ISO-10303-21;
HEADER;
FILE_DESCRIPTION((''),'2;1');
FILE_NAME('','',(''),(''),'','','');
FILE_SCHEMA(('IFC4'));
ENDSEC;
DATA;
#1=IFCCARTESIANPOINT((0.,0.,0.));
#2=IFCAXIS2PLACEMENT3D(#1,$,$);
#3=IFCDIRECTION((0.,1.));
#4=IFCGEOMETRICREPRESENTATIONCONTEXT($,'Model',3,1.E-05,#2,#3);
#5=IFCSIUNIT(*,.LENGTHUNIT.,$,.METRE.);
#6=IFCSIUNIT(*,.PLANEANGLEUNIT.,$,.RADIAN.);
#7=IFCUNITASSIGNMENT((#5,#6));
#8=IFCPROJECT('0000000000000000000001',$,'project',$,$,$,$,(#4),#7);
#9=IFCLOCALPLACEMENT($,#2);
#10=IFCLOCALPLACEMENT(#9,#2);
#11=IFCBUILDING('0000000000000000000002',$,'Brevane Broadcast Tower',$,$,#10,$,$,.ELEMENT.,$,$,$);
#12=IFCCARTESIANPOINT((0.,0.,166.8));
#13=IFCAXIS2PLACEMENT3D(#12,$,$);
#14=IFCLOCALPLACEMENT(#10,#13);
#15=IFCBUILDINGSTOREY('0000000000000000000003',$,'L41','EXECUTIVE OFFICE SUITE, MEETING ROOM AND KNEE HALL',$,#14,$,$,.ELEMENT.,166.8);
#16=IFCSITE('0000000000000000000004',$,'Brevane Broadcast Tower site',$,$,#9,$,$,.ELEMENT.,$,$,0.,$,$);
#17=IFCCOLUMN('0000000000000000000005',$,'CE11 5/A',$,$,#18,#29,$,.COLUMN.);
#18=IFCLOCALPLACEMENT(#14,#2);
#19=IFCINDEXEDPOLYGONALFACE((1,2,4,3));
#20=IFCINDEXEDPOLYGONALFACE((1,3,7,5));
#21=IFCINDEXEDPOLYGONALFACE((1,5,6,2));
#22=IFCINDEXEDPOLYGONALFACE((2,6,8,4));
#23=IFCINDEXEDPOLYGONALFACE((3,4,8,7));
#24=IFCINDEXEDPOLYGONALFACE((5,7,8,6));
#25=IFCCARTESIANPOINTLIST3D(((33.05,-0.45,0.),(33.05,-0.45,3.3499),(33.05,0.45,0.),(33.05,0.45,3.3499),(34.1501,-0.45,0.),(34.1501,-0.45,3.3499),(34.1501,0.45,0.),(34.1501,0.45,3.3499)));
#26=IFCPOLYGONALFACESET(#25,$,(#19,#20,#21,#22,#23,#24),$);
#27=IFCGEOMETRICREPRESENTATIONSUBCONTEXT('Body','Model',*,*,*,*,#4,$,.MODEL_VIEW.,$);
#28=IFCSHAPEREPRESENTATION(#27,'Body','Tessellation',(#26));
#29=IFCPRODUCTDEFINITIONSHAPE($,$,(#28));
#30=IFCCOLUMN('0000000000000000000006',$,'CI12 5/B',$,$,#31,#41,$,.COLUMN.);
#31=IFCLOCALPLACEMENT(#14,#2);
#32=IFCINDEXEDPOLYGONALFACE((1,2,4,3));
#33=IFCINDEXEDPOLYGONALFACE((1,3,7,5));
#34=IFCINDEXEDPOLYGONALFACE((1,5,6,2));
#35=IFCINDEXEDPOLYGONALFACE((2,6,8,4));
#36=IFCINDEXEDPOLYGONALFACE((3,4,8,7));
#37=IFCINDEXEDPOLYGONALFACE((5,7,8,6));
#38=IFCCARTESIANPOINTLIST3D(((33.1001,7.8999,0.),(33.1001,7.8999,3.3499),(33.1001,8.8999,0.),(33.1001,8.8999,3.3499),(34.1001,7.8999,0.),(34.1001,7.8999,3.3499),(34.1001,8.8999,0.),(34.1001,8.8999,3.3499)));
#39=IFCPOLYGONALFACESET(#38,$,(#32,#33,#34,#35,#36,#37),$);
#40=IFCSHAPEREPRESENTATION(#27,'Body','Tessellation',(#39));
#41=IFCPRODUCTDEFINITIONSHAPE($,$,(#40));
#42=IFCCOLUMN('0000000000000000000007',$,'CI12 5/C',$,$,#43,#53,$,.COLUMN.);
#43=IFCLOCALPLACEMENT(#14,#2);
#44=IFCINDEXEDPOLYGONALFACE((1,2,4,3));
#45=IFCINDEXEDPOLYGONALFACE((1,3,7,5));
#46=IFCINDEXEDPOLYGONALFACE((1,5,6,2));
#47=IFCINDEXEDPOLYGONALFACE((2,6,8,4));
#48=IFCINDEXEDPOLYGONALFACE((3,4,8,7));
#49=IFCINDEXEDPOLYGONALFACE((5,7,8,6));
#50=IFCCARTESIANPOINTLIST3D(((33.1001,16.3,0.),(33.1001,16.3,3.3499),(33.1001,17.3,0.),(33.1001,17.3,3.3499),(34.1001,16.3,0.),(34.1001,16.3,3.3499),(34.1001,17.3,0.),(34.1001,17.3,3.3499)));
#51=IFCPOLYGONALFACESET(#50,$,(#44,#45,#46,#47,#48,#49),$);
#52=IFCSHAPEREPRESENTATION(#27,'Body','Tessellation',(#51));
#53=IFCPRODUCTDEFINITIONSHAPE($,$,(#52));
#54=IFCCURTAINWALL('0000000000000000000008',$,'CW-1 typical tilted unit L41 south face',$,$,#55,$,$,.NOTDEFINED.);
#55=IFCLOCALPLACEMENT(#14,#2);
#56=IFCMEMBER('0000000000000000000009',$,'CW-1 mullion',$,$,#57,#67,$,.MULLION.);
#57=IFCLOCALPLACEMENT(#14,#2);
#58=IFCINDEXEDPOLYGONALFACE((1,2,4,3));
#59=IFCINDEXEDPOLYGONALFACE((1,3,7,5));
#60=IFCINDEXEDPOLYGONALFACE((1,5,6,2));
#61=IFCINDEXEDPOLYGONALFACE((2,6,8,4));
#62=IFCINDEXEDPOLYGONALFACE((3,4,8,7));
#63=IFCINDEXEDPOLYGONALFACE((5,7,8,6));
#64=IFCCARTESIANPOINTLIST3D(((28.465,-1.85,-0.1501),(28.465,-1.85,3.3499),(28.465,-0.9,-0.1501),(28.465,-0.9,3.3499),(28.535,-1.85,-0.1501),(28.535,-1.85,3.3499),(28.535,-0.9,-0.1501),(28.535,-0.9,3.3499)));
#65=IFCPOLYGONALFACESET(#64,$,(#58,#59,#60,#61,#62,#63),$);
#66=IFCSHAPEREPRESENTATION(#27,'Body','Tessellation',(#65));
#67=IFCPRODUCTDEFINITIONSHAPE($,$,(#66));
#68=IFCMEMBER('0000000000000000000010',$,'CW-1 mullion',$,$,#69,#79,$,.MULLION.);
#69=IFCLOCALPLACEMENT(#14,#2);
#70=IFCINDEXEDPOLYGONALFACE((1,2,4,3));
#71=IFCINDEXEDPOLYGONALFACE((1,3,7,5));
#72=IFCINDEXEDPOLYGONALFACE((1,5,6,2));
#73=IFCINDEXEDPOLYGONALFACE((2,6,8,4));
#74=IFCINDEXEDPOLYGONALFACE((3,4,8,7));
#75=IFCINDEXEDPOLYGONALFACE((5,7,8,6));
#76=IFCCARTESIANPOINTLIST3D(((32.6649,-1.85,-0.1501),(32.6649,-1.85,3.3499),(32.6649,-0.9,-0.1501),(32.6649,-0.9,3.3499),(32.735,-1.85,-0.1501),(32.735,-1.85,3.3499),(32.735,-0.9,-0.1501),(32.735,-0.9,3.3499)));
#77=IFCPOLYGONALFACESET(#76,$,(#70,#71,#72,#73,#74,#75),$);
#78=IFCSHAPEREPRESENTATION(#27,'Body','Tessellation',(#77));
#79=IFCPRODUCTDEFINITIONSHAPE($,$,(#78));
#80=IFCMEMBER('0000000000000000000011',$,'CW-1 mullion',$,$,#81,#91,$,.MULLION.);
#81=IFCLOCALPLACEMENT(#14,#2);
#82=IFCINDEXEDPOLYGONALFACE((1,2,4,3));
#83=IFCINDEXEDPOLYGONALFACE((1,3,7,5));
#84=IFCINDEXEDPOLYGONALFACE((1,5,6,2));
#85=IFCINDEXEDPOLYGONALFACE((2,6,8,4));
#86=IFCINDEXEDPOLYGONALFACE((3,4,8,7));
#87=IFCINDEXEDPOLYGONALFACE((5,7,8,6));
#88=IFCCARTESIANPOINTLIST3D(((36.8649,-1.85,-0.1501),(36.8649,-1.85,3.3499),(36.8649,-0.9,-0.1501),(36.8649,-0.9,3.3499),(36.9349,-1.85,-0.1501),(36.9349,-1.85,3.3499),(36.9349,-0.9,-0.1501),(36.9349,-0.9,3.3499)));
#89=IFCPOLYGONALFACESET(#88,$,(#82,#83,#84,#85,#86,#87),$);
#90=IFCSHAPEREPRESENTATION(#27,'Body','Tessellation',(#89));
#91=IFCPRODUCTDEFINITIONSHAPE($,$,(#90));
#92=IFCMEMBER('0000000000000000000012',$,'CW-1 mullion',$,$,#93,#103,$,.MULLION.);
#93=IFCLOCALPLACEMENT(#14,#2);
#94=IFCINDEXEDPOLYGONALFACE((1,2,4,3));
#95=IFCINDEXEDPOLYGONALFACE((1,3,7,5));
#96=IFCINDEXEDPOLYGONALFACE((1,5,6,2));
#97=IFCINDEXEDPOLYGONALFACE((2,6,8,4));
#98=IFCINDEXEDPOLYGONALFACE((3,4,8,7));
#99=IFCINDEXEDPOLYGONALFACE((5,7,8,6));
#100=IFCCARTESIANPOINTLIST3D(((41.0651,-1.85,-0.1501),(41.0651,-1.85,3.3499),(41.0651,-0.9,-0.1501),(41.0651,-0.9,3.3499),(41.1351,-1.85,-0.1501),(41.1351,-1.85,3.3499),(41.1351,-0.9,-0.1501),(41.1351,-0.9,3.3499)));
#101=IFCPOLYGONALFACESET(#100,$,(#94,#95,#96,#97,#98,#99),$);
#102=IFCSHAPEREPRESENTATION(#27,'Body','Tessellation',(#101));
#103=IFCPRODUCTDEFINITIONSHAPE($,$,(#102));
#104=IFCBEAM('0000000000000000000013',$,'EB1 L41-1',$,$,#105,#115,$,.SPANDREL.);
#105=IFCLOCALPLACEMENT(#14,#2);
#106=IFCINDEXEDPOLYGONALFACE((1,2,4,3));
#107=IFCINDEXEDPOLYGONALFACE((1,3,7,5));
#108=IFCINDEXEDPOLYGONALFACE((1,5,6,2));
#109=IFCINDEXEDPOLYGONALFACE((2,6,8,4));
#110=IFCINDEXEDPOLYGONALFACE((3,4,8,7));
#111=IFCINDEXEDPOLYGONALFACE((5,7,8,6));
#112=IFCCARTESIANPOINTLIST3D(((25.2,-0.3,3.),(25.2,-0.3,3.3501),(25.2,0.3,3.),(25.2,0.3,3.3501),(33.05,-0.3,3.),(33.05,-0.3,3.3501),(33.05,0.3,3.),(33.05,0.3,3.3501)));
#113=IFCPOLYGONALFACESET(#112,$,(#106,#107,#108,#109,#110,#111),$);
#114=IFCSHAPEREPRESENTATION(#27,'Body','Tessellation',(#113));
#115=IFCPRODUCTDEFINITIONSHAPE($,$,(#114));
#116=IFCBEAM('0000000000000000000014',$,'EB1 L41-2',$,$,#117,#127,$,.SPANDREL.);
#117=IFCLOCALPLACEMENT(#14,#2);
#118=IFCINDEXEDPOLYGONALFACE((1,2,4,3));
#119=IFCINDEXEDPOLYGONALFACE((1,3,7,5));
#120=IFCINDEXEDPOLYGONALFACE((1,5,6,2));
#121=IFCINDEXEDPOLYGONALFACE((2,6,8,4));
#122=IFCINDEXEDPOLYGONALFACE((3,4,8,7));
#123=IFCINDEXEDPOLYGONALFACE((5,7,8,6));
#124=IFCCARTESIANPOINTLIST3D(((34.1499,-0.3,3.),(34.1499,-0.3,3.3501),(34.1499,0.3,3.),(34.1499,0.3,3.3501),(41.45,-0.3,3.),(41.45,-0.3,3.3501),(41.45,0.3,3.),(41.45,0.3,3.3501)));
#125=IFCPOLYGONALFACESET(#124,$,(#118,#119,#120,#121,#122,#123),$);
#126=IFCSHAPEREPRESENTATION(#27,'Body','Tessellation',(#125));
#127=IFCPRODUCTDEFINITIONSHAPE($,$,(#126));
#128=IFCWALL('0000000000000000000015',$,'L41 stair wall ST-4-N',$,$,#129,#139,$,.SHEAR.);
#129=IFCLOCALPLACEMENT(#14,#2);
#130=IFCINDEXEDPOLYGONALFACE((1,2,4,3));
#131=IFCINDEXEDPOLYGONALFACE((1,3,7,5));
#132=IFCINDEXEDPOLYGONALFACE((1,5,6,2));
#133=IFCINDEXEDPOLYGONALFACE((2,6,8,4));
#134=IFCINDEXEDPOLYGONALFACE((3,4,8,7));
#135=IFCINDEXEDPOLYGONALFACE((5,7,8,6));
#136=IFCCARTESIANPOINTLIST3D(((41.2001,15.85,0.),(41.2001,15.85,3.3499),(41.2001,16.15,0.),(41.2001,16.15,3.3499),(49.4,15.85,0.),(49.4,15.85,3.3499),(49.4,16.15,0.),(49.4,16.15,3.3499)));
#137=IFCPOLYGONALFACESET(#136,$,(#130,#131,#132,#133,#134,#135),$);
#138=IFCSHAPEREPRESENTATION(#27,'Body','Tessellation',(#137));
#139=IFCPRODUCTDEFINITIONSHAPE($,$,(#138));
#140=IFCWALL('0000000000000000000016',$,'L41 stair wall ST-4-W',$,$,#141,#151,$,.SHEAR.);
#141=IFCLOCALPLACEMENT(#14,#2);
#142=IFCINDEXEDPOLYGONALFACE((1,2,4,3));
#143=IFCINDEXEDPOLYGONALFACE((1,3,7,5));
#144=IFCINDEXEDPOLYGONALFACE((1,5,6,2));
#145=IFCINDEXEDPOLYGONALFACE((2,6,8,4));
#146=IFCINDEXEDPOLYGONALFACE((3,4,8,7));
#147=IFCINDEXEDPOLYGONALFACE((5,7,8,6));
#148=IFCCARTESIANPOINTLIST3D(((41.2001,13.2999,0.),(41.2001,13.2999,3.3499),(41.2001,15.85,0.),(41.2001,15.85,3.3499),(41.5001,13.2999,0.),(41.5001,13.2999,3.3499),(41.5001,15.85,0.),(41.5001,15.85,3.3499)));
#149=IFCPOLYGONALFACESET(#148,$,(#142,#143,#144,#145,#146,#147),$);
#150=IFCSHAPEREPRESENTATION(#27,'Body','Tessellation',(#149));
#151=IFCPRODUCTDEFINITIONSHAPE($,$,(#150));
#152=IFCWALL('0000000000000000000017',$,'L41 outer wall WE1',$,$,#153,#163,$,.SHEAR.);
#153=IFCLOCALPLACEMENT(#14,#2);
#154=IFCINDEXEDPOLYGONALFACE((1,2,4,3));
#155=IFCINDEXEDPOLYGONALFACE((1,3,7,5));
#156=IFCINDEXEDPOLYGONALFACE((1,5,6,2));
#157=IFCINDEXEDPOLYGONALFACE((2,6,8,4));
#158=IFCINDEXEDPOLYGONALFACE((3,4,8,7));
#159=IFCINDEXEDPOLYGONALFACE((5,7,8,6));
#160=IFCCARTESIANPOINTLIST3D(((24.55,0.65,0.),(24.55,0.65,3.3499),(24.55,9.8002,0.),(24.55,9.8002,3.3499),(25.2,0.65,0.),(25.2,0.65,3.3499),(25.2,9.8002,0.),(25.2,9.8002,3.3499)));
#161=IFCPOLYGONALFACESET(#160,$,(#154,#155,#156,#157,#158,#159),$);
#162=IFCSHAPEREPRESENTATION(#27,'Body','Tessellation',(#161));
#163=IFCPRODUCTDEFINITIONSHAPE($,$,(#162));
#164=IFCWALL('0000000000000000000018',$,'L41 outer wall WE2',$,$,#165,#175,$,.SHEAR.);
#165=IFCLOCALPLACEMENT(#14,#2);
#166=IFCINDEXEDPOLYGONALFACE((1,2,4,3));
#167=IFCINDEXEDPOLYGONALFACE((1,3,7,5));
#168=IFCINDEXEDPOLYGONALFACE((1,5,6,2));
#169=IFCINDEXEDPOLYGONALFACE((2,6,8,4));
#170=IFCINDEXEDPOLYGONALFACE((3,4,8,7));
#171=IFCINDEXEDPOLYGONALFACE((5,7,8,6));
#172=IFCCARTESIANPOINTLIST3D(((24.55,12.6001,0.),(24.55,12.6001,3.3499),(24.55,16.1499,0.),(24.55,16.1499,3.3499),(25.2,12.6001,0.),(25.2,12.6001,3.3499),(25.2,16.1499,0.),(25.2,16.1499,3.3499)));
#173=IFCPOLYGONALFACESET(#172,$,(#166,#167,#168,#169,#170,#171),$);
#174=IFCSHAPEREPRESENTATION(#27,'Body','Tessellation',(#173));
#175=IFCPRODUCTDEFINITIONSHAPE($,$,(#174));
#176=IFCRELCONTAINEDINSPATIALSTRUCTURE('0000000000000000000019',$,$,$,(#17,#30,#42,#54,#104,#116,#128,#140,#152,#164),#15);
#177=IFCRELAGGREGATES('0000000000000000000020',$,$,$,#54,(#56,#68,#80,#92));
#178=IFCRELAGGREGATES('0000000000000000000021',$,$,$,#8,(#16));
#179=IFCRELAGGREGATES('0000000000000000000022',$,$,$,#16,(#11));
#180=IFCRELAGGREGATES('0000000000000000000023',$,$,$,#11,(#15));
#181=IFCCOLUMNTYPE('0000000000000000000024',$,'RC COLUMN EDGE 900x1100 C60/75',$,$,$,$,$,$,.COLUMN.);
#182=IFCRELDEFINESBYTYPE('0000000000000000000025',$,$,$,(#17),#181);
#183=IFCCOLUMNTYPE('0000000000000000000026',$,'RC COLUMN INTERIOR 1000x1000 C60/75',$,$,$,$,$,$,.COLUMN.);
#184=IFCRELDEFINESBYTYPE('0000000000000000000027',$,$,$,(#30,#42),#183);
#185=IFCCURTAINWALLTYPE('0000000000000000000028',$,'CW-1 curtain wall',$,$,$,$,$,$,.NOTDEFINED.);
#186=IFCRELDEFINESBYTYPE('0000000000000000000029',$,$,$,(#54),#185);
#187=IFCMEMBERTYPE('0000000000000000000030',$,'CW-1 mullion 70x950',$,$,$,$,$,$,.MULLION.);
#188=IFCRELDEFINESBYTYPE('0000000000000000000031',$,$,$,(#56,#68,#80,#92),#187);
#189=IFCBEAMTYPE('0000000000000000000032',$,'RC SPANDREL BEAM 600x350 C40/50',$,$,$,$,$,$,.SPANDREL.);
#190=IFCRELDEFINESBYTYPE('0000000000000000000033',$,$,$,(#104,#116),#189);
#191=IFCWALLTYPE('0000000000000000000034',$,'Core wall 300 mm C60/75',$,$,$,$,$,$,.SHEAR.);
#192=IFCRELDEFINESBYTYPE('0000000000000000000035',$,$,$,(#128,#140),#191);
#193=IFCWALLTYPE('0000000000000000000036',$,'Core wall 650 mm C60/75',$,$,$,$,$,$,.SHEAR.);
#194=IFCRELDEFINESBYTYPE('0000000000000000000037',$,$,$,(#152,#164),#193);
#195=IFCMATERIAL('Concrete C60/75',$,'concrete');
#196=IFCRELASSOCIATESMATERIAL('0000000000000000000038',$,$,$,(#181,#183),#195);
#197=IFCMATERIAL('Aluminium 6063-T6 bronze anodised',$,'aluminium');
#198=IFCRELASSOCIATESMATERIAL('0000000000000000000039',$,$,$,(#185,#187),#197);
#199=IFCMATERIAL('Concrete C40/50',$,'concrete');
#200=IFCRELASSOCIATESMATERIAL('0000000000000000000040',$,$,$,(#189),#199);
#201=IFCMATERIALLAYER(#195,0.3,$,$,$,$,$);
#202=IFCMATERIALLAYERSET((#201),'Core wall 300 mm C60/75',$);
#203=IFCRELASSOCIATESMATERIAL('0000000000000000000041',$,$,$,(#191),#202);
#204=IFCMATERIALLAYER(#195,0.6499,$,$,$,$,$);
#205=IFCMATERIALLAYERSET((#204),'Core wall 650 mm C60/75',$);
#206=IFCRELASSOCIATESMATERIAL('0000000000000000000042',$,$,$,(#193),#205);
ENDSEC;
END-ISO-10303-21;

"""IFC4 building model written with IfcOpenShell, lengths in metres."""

from ifc_helpers import new_model, si_unit, direction, frame, frame_2d, origin, origin_2d, place, context, subcontext, project, spatial, rectangle, extrude, material, layer, layer_set, material_profile, profile_set, type_object, element, aggregate, save


model = new_model("IFC4")

# Units and contexts
model_context = context("Model", 3, precision=1e-05, world=origin(), true_north=direction((0.0, 1.0)))
body_context = subcontext(model_context, "Body", "Model", "MODEL_VIEW")
ifc_project = project(units=[si_unit("LENGTHUNIT", "METRE"), si_unit("PLANEANGLEUNIT", "RADIAN")], contexts=[model_context])

# Site, building, storey
site_placement = place(None, origin())
site = spatial("IfcSite", under=ifc_project, at=site_placement, Name="Brevane Broadcast Tower site", CompositionType="ELEMENT", RefElevation=0.0)
building_placement = place(site_placement, origin())
building = spatial("IfcBuilding", under=site, at=building_placement, Name="Brevane Broadcast Tower", CompositionType="ELEMENT")
storey_placement = place(building_placement, frame((0.0, 0.0, 166.8)))
storey = spatial("IfcBuildingStorey", under=building, at=storey_placement, Name="L41", Description="EXECUTIVE OFFICE SUITE, MEETING ROOM AND KNEE HALL", CompositionType="ELEMENT", Elevation=166.8)

# Columns
ifc_material_1 = material(Name="Concrete C60/75", Category="concrete")
ifc_material_profile_1 = material_profile(ifc_material_1, rectangle(XDim=0.8999, YDim=1.1001, at=origin_2d()), Name="RC 900x1100")
ifc_profile_set_1 = profile_set([ifc_material_profile_1], Name="Concrete C60/75")
column_type_1 = type_object("IfcColumnType", Name="RC COLUMN EDGE 900x1100 C60/75", PredefinedType="COLUMN", material=ifc_profile_set_1)
column_placement = place(storey_placement, frame((33.6001, 0.0, 0.0), z_axis=(0.0, 0.0, 1.0), x_axis=(0.0, 1.0, 0.0)))
element("IfcColumn", 1, at=column_placement, inside=storey, type_object=column_type_1, Name="CE11 5/A", PredefinedType="COLUMN", context=body_context, shape_type="SweptSolid", body=[
    extrude(rectangle(XDim=0.8999, YDim=1.1001, at=origin_2d()), origin(), (0.0, 0.0, 1.0), 3.3499),
])
ifc_material_profile_2 = material_profile(ifc_material_1, rectangle(XDim=1.0, YDim=1.0, at=origin_2d()), Name="RC 1000x1000")
ifc_profile_set_2 = profile_set([ifc_material_profile_2], Name="Concrete C60/75")
column_type_2 = type_object("IfcColumnType", Name="RC COLUMN INTERIOR 1000x1000 C60/75", PredefinedType="COLUMN", material=ifc_profile_set_2)
for number, where, z_axis, x_axis, name in (
    (2, (33.6001, 8.3999, 0.0), (0.0, 0.0, 1.0), (1.0, 0.0, 0.0), "CI12 5/B"),
    (3, (33.6001, 16.8, 0.0), (0.0, 0.0, 1.0), (1.0, 0.0, 0.0), "CI12 5/C"),
):
    element("IfcColumn", number, at=place(storey_placement, frame(where, z_axis=z_axis, x_axis=x_axis)), inside=storey, type_object=column_type_2, Name=name, PredefinedType="COLUMN", context=body_context, shape_type="SweptSolid", body=[
        extrude(rectangle(XDim=1.0, YDim=1.0, at=origin_2d()), origin(), (0.0, 0.0, 1.0), 3.3499),
    ])

# Curtain wall, members
ifc_material_2 = material(Name="Aluminium 6063-T6 bronze anodised", Category="aluminium")
curtain_wall_type = type_object("IfcCurtainWallType", Name="CW-1 curtain wall", PredefinedType="NOTDEFINED", material=ifc_material_2)
curtain_wall_placement = place(storey_placement, origin())
curtain_wall = element("IfcCurtainWall", 4, at=curtain_wall_placement, inside=storey, type_object=curtain_wall_type, Name="CW-1 typical tilted unit L41 south face", PredefinedType="NOTDEFINED")
ifc_material_profile_3 = material_profile(ifc_material_2, rectangle(XDim=0.95, YDim=0.0701, at=origin_2d()), Name="RECT 70x950")
ifc_profile_set_3 = profile_set([ifc_material_profile_3], Name="Aluminium 6063-T6 bronze anodised")
member_type = type_object("IfcMemberType", Name="CW-1 mullion 70x950", PredefinedType="MULLION", material=ifc_profile_set_3)
member_1_placement = place(storey_placement, frame((28.5, -1.375, -0.1501), z_axis=(0.0, 0.0, 1.0), x_axis=(0.0, 1.0, 0.0)))
member_1 = element("IfcMember", 5, at=member_1_placement, type_object=member_type, Name="CW-1 mullion", PredefinedType="MULLION", context=body_context, shape_type="SweptSolid", body=[
    extrude(rectangle(XDim=0.95, YDim=0.0701, at=origin_2d()), origin(), (0.0, 0.0, 1.0), 3.5),
])
member_2_placement = place(storey_placement, frame((32.7, -1.375, -0.1501), z_axis=(0.0, 0.0, 1.0), x_axis=(0.0, 1.0, 0.0)))
member_2 = element("IfcMember", 6, at=member_2_placement, type_object=member_type, Name="CW-1 mullion", PredefinedType="MULLION", context=body_context, shape_type="SweptSolid", body=[
    extrude(rectangle(XDim=0.95, YDim=0.0701, at=origin_2d()), origin(), (0.0, 0.0, 1.0), 3.5),
])
member_3_placement = place(storey_placement, frame((36.8999, -1.375, -0.1501), z_axis=(0.0, 0.0, 1.0), x_axis=(0.0, 1.0, 0.0)))
member_3 = element("IfcMember", 7, at=member_3_placement, type_object=member_type, Name="CW-1 mullion", PredefinedType="MULLION", context=body_context, shape_type="SweptSolid", body=[
    extrude(rectangle(XDim=0.95, YDim=0.0701, at=origin_2d()), origin(), (0.0, 0.0, 1.0), 3.5),
])
member_4_placement = place(storey_placement, frame((41.1001, -1.375, -0.1501), z_axis=(0.0, 0.0, 1.0), x_axis=(0.0, 1.0, 0.0)))
member_4 = element("IfcMember", 8, at=member_4_placement, type_object=member_type, Name="CW-1 mullion", PredefinedType="MULLION", context=body_context, shape_type="SweptSolid", body=[
    extrude(rectangle(XDim=0.95, YDim=0.0701, at=origin_2d()), origin(), (0.0, 0.0, 1.0), 3.5),
])
aggregate(curtain_wall, [member_1, member_2, member_3, member_4])

# Beams
ifc_material_3 = material(Name="Concrete C40/50", Category="concrete")
ifc_material_profile_4 = material_profile(ifc_material_3, rectangle(XDim=0.6001, YDim=0.3501, at=origin_2d()), Name="RC 600x350")
ifc_profile_set_4 = profile_set([ifc_material_profile_4], Name="Concrete C40/50")
beam_type = type_object("IfcBeamType", Name="RC SPANDREL BEAM 600x350 C40/50", PredefinedType="SPANDREL", material=ifc_profile_set_4)
beam_1_placement = place(storey_placement, frame((25.2, 0.0, 3.175), z_axis=(1.0, 0.0, 0.0), x_axis=(0.0, 1.0, 0.0)))
element("IfcBeam", 9, at=beam_1_placement, inside=storey, type_object=beam_type, Name="EB1 L41-1", PredefinedType="SPANDREL", context=body_context, shape_type="SweptSolid", body=[
    extrude(rectangle(XDim=0.6001, YDim=0.3501, at=origin_2d()), origin(), (0.0, 0.0, 1.0), 7.8501),
])
beam_2_placement = place(storey_placement, frame((34.1499, 0.0, 3.175), z_axis=(1.0, 0.0, 0.0), x_axis=(0.0, 1.0, 0.0)))
element("IfcBeam", 10, at=beam_2_placement, inside=storey, type_object=beam_type, Name="EB1 L41-2", PredefinedType="SPANDREL", context=body_context, shape_type="SweptSolid", body=[
    extrude(rectangle(XDim=0.6001, YDim=0.3501, at=origin_2d()), origin(), (0.0, 0.0, 1.0), 7.3),
])

# Walls
ifc_layer_1 = layer(ifc_material_1, 0.3)
ifc_layer_set_1 = layer_set([ifc_layer_1], Name="Core wall 300 mm C60/75")
wall_type_1 = type_object("IfcWallType", Name="Core wall 300 mm C60/75", PredefinedType="SHEAR", material=ifc_layer_set_1)
wall_1_placement = place(storey_placement, frame((41.2, 16.0, 0.0), z_axis=(0.0, 0.0, 1.0), x_axis=(1.0, 0.0, 0.0)))
element("IfcWall", 11, at=wall_1_placement, inside=storey, type_object=wall_type_1, Name="L41 stair wall ST-4-N", PredefinedType="SHEAR", context=body_context, shape_type="SweptSolid", body=[
    extrude(rectangle(XDim=8.2, YDim=0.3, at=frame_2d((4.1001, 0.0))), origin(), (0.0, 0.0, 1.0), 3.3499),
])
wall_2_placement = place(storey_placement, frame((41.3501, 13.3, 0.0), z_axis=(0.0, 0.0, 1.0), x_axis=(0.0, 1.0, 0.0)))
element("IfcWall", 12, at=wall_2_placement, inside=storey, type_object=wall_type_1, Name="L41 stair wall ST-4-W", PredefinedType="SHEAR", context=body_context, shape_type="SweptSolid", body=[
    extrude(rectangle(XDim=2.55, YDim=0.3, at=frame_2d((1.2749, 0.0))), origin(), (0.0, 0.0, 1.0), 3.3499),
])
ifc_layer_2 = layer(ifc_material_1, 0.6499)
ifc_layer_set_2 = layer_set([ifc_layer_2], Name="Core wall 650 mm C60/75")
wall_type_2 = type_object("IfcWallType", Name="Core wall 650 mm C60/75", PredefinedType="SHEAR", material=ifc_layer_set_2)
wall_3_placement = place(storey_placement, frame((24.875, 0.6499, 0.0), z_axis=(0.0, 0.0, 1.0), x_axis=(0.0, 1.0, 0.0)))
element("IfcWall", 13, at=wall_3_placement, inside=storey, type_object=wall_type_2, Name="L41 outer wall WE1", PredefinedType="SHEAR", context=body_context, shape_type="SweptSolid", body=[
    extrude(rectangle(XDim=9.1501, YDim=0.6499, at=frame_2d((4.5752, 0.0))), origin(), (0.0, 0.0, 1.0), 3.3499),
])
wall_4_placement = place(storey_placement, frame((24.875, 12.6001, 0.0), z_axis=(0.0, 0.0, 1.0), x_axis=(0.0, 1.0, 0.0)))
element("IfcWall", 14, at=wall_4_placement, inside=storey, type_object=wall_type_2, Name="L41 outer wall WE2", PredefinedType="SHEAR", context=body_context, shape_type="SweptSolid", body=[
    extrude(rectangle(XDim=3.5498, YDim=0.6499, at=frame_2d((1.7749, 0.0))), origin(), (0.0, 0.0, 1.0), 3.3499),
])

save(model, "model.ifc")
